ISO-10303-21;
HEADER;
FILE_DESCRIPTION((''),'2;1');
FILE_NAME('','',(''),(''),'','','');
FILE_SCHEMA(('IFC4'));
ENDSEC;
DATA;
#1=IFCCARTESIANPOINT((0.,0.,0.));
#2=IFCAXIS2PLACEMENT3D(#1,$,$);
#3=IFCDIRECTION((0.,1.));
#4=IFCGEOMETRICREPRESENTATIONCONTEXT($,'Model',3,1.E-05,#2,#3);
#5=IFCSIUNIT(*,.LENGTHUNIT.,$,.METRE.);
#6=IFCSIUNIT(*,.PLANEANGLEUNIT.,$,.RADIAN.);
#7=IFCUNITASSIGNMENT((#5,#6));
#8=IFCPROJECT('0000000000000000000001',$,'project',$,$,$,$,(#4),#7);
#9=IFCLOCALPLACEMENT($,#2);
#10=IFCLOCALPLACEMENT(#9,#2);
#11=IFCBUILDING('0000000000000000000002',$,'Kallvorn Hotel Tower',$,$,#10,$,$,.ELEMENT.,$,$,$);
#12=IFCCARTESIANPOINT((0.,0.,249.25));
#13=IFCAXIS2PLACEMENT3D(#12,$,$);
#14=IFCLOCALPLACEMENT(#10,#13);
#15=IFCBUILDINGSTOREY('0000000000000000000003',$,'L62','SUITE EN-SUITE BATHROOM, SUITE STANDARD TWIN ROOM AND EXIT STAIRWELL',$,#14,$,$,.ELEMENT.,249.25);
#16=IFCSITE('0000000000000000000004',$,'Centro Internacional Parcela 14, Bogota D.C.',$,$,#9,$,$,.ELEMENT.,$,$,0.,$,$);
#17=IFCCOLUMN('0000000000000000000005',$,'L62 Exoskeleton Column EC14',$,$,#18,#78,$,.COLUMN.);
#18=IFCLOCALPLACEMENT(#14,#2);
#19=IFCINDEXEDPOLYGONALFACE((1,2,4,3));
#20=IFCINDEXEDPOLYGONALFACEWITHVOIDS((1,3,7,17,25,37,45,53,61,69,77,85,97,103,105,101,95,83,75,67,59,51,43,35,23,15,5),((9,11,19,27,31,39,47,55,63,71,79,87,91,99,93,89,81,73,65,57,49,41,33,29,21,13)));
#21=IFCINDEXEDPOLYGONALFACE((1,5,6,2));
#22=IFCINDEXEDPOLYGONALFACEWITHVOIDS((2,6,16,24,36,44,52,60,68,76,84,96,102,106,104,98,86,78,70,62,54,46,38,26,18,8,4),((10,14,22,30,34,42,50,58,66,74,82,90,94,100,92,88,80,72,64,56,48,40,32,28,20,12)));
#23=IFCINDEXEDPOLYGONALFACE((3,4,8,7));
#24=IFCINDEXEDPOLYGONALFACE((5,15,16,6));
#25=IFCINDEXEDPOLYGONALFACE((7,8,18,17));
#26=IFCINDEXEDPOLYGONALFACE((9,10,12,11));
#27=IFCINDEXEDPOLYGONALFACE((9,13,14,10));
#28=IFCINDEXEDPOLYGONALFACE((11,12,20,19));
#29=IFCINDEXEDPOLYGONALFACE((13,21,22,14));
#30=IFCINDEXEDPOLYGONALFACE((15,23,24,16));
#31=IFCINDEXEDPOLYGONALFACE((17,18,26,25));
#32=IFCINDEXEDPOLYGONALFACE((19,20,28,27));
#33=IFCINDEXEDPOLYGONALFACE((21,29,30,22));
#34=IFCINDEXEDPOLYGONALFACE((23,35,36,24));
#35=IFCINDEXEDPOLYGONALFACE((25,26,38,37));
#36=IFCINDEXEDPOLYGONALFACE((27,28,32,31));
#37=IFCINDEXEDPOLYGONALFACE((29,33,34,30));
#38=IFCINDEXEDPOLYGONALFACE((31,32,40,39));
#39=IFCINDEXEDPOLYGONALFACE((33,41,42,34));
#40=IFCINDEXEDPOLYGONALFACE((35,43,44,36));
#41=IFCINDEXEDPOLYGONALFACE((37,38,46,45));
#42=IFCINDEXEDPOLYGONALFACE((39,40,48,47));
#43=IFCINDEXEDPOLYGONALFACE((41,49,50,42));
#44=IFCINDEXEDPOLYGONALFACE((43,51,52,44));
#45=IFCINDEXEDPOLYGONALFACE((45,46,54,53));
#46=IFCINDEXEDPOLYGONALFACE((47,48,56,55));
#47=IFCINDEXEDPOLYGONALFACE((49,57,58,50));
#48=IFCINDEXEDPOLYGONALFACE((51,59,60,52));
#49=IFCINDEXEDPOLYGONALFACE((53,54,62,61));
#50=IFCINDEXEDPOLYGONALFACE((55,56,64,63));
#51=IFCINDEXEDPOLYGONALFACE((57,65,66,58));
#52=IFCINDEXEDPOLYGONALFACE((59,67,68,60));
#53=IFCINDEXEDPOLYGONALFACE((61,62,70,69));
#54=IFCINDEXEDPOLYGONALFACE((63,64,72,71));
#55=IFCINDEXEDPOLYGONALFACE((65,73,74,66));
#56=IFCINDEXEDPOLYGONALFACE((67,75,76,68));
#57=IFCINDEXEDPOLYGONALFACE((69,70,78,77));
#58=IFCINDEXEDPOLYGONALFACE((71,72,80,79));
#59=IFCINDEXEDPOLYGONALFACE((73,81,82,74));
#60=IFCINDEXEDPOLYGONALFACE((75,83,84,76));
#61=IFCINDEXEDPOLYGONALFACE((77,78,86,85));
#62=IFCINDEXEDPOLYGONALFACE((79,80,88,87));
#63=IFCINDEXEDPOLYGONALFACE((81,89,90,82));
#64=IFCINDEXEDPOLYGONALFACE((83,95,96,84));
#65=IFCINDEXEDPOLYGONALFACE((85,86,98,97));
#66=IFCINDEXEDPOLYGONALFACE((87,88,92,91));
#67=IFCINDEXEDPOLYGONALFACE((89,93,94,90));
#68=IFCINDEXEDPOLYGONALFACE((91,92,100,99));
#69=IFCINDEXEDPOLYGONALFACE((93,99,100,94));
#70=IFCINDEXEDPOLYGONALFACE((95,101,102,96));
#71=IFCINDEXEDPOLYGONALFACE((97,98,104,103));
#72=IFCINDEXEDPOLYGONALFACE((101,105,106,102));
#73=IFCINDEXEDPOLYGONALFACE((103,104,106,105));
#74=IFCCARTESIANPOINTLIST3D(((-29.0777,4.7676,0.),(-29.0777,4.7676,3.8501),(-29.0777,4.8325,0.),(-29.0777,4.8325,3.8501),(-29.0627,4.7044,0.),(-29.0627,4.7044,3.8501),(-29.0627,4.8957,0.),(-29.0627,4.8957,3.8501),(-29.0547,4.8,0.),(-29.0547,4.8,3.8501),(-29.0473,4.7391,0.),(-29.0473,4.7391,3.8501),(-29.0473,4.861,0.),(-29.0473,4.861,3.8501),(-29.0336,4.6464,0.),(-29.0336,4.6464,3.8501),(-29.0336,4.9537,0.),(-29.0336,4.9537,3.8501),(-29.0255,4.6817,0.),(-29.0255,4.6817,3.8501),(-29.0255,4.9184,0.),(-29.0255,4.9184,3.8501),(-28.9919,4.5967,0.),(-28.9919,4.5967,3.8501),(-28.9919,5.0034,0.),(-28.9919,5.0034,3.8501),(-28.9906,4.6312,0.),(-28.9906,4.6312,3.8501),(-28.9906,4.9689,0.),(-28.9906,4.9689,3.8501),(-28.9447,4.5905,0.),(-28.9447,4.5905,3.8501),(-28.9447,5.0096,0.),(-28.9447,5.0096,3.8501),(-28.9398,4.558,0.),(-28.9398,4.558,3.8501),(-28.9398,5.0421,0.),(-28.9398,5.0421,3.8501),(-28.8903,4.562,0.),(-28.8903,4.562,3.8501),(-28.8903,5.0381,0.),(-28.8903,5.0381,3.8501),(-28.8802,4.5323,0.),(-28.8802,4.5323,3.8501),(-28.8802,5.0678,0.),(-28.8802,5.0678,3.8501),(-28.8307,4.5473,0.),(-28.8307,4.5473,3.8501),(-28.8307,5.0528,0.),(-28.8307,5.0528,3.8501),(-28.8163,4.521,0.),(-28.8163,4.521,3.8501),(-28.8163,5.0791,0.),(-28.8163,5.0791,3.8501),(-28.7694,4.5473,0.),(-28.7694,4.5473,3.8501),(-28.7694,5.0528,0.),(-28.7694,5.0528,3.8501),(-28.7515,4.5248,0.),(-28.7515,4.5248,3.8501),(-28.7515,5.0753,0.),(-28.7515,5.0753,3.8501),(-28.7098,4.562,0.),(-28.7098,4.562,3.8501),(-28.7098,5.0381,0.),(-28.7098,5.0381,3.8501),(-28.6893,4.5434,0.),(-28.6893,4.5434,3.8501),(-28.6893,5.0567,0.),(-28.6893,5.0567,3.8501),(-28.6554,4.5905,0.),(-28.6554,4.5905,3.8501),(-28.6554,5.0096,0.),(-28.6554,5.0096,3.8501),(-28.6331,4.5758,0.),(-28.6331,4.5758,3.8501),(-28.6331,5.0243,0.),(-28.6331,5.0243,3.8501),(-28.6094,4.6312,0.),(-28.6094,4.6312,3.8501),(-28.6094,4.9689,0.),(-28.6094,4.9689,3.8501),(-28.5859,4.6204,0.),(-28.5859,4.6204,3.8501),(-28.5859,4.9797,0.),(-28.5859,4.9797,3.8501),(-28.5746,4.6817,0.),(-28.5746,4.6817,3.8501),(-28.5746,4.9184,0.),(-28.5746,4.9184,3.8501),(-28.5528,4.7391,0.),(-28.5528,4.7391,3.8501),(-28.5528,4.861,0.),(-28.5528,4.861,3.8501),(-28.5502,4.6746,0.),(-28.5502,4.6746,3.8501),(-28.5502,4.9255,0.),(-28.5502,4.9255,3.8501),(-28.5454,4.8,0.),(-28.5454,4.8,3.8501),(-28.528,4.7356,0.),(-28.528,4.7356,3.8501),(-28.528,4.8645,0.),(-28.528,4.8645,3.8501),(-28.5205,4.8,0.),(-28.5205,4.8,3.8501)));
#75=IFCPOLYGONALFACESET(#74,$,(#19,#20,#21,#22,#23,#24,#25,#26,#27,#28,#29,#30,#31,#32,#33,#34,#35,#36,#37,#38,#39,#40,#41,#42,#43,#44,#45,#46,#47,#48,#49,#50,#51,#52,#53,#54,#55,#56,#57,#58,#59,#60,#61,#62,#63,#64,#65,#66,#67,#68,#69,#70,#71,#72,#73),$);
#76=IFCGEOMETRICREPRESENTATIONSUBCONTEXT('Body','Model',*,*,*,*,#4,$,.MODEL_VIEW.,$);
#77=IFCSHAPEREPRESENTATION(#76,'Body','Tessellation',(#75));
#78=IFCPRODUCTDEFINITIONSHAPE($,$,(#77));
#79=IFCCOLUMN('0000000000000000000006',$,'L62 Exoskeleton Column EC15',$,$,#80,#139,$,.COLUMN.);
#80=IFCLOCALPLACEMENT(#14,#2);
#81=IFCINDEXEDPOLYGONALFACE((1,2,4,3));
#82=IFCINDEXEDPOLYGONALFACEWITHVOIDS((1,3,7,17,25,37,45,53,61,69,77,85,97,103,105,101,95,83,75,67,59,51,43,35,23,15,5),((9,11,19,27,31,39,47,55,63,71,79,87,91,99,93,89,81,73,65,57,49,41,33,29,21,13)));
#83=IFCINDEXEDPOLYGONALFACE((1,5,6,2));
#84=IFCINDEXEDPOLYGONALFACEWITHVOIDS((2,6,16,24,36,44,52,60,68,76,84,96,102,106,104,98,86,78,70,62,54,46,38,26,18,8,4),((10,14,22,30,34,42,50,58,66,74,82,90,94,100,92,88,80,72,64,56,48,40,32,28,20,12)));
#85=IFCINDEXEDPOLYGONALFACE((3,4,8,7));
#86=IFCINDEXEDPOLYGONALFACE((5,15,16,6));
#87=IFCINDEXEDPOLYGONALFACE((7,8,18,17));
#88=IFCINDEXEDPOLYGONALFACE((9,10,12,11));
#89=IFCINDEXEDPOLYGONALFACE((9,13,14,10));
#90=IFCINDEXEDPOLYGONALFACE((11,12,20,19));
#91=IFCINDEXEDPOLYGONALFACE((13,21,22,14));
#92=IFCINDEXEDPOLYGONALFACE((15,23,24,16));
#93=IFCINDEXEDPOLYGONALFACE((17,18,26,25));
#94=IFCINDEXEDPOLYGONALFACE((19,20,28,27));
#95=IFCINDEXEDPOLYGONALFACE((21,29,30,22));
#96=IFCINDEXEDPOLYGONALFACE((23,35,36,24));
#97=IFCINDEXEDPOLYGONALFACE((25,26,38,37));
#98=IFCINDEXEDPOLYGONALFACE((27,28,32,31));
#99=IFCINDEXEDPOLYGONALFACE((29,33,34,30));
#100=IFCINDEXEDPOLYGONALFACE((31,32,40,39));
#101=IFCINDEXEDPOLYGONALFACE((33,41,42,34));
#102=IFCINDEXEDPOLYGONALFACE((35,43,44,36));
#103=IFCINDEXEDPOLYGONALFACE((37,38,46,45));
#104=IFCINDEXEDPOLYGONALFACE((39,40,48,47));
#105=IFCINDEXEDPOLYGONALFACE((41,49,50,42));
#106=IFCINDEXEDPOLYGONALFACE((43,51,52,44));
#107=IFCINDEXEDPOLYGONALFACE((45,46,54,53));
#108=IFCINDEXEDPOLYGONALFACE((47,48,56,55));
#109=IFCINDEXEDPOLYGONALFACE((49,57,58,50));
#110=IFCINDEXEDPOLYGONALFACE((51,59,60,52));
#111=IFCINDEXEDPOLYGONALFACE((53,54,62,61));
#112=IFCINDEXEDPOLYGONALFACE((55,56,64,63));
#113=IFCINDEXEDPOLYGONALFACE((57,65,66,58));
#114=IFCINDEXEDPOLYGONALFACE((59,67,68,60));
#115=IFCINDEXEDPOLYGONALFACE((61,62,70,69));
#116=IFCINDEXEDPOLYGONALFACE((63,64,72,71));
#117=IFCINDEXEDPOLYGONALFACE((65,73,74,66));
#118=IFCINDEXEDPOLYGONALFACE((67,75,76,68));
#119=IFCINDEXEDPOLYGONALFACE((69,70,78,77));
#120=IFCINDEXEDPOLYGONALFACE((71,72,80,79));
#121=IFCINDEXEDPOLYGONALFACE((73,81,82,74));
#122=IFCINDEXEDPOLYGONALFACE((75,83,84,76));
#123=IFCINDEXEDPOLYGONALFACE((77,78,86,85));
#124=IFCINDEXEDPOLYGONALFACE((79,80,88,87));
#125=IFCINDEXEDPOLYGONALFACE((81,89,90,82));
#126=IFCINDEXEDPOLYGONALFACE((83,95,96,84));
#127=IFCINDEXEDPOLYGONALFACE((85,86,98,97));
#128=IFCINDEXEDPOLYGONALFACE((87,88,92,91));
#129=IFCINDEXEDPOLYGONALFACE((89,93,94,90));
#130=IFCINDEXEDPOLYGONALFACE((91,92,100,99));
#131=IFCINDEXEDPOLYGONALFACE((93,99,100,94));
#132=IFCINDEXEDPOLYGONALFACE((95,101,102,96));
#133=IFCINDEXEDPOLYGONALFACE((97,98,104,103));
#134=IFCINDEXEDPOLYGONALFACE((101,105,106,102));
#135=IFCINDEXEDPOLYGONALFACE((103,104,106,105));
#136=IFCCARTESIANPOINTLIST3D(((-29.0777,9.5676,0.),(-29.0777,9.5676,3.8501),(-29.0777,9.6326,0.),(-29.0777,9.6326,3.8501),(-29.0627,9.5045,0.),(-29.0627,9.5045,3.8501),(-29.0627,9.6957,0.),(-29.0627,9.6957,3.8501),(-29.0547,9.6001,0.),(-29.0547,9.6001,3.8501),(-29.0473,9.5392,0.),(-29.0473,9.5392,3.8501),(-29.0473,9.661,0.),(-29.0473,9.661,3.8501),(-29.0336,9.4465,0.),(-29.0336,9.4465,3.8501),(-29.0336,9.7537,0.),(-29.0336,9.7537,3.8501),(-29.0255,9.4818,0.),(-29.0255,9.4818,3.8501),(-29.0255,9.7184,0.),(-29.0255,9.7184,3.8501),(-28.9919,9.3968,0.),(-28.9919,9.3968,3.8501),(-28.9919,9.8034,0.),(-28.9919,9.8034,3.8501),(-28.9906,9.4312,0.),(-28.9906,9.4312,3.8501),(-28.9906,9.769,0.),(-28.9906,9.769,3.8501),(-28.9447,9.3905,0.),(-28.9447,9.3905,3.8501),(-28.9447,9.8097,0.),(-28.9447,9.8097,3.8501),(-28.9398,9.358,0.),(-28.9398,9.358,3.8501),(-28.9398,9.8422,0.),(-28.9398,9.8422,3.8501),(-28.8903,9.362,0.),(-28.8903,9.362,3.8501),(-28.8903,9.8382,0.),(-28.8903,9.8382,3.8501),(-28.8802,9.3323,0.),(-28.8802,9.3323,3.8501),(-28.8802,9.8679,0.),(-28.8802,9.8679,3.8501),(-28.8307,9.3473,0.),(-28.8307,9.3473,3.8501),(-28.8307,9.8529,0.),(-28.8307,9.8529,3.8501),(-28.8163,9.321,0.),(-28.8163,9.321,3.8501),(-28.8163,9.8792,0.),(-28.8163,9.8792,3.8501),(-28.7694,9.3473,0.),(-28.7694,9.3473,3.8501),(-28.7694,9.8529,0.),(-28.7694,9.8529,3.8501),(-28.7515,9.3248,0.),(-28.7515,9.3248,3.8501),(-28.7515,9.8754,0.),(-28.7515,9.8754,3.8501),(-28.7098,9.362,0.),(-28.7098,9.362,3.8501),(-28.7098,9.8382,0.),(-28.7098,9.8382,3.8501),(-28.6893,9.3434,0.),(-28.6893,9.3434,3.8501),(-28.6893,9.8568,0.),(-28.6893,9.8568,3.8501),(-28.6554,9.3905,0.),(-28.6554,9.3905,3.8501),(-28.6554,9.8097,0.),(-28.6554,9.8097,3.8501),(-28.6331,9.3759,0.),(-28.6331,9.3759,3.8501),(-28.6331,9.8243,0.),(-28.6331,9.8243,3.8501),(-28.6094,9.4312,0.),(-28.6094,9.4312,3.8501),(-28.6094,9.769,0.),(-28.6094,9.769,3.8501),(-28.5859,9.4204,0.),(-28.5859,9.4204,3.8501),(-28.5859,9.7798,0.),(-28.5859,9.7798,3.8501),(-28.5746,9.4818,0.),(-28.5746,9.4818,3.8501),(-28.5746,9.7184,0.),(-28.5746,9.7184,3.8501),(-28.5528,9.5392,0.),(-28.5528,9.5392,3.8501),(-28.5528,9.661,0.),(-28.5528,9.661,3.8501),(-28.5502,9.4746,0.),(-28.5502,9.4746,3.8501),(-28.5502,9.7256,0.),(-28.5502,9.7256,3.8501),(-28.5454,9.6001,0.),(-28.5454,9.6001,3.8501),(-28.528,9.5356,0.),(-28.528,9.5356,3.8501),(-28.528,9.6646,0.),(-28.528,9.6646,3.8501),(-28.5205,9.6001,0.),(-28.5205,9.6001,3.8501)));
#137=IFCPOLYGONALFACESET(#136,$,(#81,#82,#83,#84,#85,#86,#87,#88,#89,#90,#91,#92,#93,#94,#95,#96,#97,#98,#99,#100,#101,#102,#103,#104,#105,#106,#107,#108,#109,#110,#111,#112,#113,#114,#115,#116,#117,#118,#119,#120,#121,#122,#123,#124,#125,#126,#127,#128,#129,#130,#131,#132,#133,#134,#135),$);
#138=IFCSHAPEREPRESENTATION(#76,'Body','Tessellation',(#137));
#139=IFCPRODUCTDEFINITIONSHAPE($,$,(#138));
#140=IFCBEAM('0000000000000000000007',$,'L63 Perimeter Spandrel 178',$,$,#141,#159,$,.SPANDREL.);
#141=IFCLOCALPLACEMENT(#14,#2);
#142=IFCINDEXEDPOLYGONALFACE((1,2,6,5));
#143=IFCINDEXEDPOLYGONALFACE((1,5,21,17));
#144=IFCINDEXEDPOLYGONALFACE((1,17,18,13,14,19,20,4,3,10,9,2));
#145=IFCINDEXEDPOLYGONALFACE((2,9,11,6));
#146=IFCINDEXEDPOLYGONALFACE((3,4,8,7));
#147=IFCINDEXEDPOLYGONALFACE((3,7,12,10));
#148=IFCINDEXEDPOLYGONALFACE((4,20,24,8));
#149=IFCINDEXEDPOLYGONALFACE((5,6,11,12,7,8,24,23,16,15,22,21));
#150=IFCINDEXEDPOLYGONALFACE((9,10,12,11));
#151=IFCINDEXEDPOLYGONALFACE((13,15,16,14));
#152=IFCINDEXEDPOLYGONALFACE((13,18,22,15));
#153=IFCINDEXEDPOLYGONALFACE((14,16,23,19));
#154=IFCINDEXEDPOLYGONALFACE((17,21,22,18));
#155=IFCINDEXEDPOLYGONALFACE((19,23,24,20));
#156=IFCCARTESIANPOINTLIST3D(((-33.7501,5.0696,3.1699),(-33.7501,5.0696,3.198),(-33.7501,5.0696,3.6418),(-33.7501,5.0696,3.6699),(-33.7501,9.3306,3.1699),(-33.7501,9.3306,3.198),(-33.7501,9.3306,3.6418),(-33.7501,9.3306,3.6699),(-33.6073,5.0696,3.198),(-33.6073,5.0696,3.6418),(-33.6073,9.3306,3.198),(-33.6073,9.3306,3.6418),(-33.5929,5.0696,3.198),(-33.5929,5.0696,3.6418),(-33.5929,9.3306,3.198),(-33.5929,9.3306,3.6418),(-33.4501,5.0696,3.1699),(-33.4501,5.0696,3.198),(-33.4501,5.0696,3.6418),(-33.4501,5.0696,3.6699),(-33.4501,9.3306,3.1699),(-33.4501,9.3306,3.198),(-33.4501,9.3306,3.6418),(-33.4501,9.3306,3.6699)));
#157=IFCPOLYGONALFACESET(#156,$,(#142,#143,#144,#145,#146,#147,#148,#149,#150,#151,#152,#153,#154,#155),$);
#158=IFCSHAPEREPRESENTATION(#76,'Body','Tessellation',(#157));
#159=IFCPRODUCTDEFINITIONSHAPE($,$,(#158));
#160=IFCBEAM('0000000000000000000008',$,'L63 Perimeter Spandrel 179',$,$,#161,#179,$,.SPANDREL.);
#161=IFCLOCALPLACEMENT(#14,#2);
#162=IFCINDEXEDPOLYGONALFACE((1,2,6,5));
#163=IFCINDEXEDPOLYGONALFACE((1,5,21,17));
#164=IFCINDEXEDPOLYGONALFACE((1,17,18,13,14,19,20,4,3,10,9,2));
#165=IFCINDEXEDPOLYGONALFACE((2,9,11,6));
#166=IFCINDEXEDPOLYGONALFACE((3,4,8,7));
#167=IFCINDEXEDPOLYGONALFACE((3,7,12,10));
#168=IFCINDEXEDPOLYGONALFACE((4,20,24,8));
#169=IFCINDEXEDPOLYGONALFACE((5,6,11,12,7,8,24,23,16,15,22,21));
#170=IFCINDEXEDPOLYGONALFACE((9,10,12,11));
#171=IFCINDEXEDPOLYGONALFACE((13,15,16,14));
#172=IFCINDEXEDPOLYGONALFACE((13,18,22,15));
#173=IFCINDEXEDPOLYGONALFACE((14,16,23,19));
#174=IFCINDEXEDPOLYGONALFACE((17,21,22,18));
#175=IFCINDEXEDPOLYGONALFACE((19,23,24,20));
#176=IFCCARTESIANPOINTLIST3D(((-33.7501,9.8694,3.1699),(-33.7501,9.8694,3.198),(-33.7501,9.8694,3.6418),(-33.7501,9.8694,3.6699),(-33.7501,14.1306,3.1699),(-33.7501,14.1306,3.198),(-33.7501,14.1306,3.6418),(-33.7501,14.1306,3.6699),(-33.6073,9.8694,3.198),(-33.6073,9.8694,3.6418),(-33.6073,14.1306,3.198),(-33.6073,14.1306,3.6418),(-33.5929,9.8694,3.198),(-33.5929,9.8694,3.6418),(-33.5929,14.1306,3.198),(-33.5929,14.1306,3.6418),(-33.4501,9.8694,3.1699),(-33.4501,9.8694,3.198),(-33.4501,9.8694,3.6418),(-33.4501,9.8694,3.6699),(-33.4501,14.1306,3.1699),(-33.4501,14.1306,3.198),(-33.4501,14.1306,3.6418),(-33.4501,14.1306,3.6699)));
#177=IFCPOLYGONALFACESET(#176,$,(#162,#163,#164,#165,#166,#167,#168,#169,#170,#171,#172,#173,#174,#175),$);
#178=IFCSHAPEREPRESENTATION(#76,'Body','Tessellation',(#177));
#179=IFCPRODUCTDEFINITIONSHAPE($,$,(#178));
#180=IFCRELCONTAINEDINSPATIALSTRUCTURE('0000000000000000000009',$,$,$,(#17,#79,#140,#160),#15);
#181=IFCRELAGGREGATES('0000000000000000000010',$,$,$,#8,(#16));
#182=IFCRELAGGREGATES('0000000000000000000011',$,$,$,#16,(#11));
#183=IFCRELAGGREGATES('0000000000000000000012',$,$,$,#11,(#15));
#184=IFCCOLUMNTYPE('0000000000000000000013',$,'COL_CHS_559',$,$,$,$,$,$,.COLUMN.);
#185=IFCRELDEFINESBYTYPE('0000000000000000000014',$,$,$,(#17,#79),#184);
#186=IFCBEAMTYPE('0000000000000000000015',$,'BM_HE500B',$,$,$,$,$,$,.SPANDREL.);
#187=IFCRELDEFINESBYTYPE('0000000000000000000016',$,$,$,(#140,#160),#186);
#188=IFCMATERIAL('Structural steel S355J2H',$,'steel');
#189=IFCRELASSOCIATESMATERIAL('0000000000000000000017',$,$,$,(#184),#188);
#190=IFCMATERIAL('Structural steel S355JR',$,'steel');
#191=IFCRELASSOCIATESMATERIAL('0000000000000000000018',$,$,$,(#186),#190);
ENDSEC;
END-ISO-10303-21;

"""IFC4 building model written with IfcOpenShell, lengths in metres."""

from ifc_helpers import new_model, si_unit, direction, frame, origin, origin_2d, place, context, subcontext, project, spatial, hollow_circle, i_section, extrude, material, material_profile, profile_set, type_object, element, save


model = new_model("IFC4")

# Units and contexts
model_context = context("Model", 3, precision=1e-05, world=origin(), true_north=direction((0.0, 1.0)))
body_context = subcontext(model_context, "Body", "Model", "MODEL_VIEW")
ifc_project = project(units=[si_unit("LENGTHUNIT", "METRE"), si_unit("PLANEANGLEUNIT", "RADIAN")], contexts=[model_context])

# Site, building, storey
site_placement = place(None, origin())
site = spatial("IfcSite", under=ifc_project, at=site_placement, Name="Centro Internacional Parcela 14, Bogota D.C.", CompositionType="ELEMENT", RefElevation=0.0)
building_placement = place(site_placement, origin())
building = spatial("IfcBuilding", under=site, at=building_placement, Name="Kallvorn Hotel Tower", CompositionType="ELEMENT")
storey_placement = place(building_placement, frame((0.0, 0.0, 249.25)))
storey = spatial("IfcBuildingStorey", under=building, at=storey_placement, Name="L62", Description="SUITE EN-SUITE BATHROOM, SUITE STANDARD TWIN ROOM AND EXIT STAIRWELL", CompositionType="ELEMENT", Elevation=249.25)

# Columns
ifc_material_1 = material(Name="Structural steel S355J2H", Category="steel")
ifc_material_profile_1 = material_profile(ifc_material_1, hollow_circle(Radius=0.2795, WallThickness=0.0249, at=origin_2d()), Name="CHS 559x25")
ifc_profile_set_1 = profile_set([ifc_material_profile_1], Name="Structural steel S355J2H")
column_type = type_object("IfcColumnType", Name="COL_CHS_559", PredefinedType="COLUMN", material=ifc_profile_set_1)
for number, where, z_axis, x_axis, name in (
    (1, (-28.8, 4.8, 0.0), (0.0, 0.0, 1.0), (1.0, 0.0, 0.0), "L62 Exoskeleton Column EC14"),
    (2, (-28.8, 9.6001, 0.0), (0.0, 0.0, 1.0), (1.0, 0.0, 0.0), "L62 Exoskeleton Column EC15"),
):
    element("IfcColumn", number, at=place(storey_placement, frame(where, z_axis=z_axis, x_axis=x_axis)), inside=storey, type_object=column_type, Name=name, PredefinedType="COLUMN", context=body_context, shape_type="SweptSolid", body=[
        extrude(hollow_circle(Radius=0.2795, WallThickness=0.0249, at=origin_2d()), origin(), (0.0, 0.0, 1.0), 3.8501),
    ])

# Beams
ifc_material_2 = material(Name="Structural steel S355JR", Category="steel")
ifc_material_profile_2 = material_profile(ifc_material_2, i_section(OverallWidth=0.3, OverallDepth=0.5, WebThickness=0.0144, FlangeThickness=0.0281, at=origin_2d()), Name="HE 500 B")
ifc_profile_set_2 = profile_set([ifc_material_profile_2], Name="Structural steel S355JR")
beam_type_1 = type_object("IfcBeamType", Name="BM_HE500B", PredefinedType="SPANDREL", material=ifc_profile_set_2)
beam_1_placement = place(storey_placement, frame((-33.6001, 5.0696, 3.4199), z_axis=(0.0, 1.0, 0.0), x_axis=(-1.0, 0.0, 0.0)))
element("IfcBeam", 3, at=beam_1_placement, inside=storey, type_object=beam_type_1, Name="L63 Perimeter Spandrel 178", PredefinedType="SPANDREL", context=body_context, shape_type="SweptSolid", body=[
    extrude(i_section(OverallWidth=0.3, OverallDepth=0.5, WebThickness=0.0144, FlangeThickness=0.0281, at=origin_2d()), origin(), (0.0, 0.0, 1.0), 4.261),
])
beam_2_placement = place(storey_placement, frame((-33.6001, 9.8694, 3.4199), z_axis=(0.0, 1.0, 0.0), x_axis=(-1.0, 0.0, 0.0)))
element("IfcBeam", 4, at=beam_2_placement, inside=storey, type_object=beam_type_1, Name="L63 Perimeter Spandrel 179", PredefinedType="SPANDREL", context=body_context, shape_type="SweptSolid", body=[
    extrude(i_section(OverallWidth=0.3, OverallDepth=0.5, WebThickness=0.0144, FlangeThickness=0.0281, at=origin_2d()), origin(), (0.0, 0.0, 1.0), 4.2612),
])

save(model, "model.ifc")
